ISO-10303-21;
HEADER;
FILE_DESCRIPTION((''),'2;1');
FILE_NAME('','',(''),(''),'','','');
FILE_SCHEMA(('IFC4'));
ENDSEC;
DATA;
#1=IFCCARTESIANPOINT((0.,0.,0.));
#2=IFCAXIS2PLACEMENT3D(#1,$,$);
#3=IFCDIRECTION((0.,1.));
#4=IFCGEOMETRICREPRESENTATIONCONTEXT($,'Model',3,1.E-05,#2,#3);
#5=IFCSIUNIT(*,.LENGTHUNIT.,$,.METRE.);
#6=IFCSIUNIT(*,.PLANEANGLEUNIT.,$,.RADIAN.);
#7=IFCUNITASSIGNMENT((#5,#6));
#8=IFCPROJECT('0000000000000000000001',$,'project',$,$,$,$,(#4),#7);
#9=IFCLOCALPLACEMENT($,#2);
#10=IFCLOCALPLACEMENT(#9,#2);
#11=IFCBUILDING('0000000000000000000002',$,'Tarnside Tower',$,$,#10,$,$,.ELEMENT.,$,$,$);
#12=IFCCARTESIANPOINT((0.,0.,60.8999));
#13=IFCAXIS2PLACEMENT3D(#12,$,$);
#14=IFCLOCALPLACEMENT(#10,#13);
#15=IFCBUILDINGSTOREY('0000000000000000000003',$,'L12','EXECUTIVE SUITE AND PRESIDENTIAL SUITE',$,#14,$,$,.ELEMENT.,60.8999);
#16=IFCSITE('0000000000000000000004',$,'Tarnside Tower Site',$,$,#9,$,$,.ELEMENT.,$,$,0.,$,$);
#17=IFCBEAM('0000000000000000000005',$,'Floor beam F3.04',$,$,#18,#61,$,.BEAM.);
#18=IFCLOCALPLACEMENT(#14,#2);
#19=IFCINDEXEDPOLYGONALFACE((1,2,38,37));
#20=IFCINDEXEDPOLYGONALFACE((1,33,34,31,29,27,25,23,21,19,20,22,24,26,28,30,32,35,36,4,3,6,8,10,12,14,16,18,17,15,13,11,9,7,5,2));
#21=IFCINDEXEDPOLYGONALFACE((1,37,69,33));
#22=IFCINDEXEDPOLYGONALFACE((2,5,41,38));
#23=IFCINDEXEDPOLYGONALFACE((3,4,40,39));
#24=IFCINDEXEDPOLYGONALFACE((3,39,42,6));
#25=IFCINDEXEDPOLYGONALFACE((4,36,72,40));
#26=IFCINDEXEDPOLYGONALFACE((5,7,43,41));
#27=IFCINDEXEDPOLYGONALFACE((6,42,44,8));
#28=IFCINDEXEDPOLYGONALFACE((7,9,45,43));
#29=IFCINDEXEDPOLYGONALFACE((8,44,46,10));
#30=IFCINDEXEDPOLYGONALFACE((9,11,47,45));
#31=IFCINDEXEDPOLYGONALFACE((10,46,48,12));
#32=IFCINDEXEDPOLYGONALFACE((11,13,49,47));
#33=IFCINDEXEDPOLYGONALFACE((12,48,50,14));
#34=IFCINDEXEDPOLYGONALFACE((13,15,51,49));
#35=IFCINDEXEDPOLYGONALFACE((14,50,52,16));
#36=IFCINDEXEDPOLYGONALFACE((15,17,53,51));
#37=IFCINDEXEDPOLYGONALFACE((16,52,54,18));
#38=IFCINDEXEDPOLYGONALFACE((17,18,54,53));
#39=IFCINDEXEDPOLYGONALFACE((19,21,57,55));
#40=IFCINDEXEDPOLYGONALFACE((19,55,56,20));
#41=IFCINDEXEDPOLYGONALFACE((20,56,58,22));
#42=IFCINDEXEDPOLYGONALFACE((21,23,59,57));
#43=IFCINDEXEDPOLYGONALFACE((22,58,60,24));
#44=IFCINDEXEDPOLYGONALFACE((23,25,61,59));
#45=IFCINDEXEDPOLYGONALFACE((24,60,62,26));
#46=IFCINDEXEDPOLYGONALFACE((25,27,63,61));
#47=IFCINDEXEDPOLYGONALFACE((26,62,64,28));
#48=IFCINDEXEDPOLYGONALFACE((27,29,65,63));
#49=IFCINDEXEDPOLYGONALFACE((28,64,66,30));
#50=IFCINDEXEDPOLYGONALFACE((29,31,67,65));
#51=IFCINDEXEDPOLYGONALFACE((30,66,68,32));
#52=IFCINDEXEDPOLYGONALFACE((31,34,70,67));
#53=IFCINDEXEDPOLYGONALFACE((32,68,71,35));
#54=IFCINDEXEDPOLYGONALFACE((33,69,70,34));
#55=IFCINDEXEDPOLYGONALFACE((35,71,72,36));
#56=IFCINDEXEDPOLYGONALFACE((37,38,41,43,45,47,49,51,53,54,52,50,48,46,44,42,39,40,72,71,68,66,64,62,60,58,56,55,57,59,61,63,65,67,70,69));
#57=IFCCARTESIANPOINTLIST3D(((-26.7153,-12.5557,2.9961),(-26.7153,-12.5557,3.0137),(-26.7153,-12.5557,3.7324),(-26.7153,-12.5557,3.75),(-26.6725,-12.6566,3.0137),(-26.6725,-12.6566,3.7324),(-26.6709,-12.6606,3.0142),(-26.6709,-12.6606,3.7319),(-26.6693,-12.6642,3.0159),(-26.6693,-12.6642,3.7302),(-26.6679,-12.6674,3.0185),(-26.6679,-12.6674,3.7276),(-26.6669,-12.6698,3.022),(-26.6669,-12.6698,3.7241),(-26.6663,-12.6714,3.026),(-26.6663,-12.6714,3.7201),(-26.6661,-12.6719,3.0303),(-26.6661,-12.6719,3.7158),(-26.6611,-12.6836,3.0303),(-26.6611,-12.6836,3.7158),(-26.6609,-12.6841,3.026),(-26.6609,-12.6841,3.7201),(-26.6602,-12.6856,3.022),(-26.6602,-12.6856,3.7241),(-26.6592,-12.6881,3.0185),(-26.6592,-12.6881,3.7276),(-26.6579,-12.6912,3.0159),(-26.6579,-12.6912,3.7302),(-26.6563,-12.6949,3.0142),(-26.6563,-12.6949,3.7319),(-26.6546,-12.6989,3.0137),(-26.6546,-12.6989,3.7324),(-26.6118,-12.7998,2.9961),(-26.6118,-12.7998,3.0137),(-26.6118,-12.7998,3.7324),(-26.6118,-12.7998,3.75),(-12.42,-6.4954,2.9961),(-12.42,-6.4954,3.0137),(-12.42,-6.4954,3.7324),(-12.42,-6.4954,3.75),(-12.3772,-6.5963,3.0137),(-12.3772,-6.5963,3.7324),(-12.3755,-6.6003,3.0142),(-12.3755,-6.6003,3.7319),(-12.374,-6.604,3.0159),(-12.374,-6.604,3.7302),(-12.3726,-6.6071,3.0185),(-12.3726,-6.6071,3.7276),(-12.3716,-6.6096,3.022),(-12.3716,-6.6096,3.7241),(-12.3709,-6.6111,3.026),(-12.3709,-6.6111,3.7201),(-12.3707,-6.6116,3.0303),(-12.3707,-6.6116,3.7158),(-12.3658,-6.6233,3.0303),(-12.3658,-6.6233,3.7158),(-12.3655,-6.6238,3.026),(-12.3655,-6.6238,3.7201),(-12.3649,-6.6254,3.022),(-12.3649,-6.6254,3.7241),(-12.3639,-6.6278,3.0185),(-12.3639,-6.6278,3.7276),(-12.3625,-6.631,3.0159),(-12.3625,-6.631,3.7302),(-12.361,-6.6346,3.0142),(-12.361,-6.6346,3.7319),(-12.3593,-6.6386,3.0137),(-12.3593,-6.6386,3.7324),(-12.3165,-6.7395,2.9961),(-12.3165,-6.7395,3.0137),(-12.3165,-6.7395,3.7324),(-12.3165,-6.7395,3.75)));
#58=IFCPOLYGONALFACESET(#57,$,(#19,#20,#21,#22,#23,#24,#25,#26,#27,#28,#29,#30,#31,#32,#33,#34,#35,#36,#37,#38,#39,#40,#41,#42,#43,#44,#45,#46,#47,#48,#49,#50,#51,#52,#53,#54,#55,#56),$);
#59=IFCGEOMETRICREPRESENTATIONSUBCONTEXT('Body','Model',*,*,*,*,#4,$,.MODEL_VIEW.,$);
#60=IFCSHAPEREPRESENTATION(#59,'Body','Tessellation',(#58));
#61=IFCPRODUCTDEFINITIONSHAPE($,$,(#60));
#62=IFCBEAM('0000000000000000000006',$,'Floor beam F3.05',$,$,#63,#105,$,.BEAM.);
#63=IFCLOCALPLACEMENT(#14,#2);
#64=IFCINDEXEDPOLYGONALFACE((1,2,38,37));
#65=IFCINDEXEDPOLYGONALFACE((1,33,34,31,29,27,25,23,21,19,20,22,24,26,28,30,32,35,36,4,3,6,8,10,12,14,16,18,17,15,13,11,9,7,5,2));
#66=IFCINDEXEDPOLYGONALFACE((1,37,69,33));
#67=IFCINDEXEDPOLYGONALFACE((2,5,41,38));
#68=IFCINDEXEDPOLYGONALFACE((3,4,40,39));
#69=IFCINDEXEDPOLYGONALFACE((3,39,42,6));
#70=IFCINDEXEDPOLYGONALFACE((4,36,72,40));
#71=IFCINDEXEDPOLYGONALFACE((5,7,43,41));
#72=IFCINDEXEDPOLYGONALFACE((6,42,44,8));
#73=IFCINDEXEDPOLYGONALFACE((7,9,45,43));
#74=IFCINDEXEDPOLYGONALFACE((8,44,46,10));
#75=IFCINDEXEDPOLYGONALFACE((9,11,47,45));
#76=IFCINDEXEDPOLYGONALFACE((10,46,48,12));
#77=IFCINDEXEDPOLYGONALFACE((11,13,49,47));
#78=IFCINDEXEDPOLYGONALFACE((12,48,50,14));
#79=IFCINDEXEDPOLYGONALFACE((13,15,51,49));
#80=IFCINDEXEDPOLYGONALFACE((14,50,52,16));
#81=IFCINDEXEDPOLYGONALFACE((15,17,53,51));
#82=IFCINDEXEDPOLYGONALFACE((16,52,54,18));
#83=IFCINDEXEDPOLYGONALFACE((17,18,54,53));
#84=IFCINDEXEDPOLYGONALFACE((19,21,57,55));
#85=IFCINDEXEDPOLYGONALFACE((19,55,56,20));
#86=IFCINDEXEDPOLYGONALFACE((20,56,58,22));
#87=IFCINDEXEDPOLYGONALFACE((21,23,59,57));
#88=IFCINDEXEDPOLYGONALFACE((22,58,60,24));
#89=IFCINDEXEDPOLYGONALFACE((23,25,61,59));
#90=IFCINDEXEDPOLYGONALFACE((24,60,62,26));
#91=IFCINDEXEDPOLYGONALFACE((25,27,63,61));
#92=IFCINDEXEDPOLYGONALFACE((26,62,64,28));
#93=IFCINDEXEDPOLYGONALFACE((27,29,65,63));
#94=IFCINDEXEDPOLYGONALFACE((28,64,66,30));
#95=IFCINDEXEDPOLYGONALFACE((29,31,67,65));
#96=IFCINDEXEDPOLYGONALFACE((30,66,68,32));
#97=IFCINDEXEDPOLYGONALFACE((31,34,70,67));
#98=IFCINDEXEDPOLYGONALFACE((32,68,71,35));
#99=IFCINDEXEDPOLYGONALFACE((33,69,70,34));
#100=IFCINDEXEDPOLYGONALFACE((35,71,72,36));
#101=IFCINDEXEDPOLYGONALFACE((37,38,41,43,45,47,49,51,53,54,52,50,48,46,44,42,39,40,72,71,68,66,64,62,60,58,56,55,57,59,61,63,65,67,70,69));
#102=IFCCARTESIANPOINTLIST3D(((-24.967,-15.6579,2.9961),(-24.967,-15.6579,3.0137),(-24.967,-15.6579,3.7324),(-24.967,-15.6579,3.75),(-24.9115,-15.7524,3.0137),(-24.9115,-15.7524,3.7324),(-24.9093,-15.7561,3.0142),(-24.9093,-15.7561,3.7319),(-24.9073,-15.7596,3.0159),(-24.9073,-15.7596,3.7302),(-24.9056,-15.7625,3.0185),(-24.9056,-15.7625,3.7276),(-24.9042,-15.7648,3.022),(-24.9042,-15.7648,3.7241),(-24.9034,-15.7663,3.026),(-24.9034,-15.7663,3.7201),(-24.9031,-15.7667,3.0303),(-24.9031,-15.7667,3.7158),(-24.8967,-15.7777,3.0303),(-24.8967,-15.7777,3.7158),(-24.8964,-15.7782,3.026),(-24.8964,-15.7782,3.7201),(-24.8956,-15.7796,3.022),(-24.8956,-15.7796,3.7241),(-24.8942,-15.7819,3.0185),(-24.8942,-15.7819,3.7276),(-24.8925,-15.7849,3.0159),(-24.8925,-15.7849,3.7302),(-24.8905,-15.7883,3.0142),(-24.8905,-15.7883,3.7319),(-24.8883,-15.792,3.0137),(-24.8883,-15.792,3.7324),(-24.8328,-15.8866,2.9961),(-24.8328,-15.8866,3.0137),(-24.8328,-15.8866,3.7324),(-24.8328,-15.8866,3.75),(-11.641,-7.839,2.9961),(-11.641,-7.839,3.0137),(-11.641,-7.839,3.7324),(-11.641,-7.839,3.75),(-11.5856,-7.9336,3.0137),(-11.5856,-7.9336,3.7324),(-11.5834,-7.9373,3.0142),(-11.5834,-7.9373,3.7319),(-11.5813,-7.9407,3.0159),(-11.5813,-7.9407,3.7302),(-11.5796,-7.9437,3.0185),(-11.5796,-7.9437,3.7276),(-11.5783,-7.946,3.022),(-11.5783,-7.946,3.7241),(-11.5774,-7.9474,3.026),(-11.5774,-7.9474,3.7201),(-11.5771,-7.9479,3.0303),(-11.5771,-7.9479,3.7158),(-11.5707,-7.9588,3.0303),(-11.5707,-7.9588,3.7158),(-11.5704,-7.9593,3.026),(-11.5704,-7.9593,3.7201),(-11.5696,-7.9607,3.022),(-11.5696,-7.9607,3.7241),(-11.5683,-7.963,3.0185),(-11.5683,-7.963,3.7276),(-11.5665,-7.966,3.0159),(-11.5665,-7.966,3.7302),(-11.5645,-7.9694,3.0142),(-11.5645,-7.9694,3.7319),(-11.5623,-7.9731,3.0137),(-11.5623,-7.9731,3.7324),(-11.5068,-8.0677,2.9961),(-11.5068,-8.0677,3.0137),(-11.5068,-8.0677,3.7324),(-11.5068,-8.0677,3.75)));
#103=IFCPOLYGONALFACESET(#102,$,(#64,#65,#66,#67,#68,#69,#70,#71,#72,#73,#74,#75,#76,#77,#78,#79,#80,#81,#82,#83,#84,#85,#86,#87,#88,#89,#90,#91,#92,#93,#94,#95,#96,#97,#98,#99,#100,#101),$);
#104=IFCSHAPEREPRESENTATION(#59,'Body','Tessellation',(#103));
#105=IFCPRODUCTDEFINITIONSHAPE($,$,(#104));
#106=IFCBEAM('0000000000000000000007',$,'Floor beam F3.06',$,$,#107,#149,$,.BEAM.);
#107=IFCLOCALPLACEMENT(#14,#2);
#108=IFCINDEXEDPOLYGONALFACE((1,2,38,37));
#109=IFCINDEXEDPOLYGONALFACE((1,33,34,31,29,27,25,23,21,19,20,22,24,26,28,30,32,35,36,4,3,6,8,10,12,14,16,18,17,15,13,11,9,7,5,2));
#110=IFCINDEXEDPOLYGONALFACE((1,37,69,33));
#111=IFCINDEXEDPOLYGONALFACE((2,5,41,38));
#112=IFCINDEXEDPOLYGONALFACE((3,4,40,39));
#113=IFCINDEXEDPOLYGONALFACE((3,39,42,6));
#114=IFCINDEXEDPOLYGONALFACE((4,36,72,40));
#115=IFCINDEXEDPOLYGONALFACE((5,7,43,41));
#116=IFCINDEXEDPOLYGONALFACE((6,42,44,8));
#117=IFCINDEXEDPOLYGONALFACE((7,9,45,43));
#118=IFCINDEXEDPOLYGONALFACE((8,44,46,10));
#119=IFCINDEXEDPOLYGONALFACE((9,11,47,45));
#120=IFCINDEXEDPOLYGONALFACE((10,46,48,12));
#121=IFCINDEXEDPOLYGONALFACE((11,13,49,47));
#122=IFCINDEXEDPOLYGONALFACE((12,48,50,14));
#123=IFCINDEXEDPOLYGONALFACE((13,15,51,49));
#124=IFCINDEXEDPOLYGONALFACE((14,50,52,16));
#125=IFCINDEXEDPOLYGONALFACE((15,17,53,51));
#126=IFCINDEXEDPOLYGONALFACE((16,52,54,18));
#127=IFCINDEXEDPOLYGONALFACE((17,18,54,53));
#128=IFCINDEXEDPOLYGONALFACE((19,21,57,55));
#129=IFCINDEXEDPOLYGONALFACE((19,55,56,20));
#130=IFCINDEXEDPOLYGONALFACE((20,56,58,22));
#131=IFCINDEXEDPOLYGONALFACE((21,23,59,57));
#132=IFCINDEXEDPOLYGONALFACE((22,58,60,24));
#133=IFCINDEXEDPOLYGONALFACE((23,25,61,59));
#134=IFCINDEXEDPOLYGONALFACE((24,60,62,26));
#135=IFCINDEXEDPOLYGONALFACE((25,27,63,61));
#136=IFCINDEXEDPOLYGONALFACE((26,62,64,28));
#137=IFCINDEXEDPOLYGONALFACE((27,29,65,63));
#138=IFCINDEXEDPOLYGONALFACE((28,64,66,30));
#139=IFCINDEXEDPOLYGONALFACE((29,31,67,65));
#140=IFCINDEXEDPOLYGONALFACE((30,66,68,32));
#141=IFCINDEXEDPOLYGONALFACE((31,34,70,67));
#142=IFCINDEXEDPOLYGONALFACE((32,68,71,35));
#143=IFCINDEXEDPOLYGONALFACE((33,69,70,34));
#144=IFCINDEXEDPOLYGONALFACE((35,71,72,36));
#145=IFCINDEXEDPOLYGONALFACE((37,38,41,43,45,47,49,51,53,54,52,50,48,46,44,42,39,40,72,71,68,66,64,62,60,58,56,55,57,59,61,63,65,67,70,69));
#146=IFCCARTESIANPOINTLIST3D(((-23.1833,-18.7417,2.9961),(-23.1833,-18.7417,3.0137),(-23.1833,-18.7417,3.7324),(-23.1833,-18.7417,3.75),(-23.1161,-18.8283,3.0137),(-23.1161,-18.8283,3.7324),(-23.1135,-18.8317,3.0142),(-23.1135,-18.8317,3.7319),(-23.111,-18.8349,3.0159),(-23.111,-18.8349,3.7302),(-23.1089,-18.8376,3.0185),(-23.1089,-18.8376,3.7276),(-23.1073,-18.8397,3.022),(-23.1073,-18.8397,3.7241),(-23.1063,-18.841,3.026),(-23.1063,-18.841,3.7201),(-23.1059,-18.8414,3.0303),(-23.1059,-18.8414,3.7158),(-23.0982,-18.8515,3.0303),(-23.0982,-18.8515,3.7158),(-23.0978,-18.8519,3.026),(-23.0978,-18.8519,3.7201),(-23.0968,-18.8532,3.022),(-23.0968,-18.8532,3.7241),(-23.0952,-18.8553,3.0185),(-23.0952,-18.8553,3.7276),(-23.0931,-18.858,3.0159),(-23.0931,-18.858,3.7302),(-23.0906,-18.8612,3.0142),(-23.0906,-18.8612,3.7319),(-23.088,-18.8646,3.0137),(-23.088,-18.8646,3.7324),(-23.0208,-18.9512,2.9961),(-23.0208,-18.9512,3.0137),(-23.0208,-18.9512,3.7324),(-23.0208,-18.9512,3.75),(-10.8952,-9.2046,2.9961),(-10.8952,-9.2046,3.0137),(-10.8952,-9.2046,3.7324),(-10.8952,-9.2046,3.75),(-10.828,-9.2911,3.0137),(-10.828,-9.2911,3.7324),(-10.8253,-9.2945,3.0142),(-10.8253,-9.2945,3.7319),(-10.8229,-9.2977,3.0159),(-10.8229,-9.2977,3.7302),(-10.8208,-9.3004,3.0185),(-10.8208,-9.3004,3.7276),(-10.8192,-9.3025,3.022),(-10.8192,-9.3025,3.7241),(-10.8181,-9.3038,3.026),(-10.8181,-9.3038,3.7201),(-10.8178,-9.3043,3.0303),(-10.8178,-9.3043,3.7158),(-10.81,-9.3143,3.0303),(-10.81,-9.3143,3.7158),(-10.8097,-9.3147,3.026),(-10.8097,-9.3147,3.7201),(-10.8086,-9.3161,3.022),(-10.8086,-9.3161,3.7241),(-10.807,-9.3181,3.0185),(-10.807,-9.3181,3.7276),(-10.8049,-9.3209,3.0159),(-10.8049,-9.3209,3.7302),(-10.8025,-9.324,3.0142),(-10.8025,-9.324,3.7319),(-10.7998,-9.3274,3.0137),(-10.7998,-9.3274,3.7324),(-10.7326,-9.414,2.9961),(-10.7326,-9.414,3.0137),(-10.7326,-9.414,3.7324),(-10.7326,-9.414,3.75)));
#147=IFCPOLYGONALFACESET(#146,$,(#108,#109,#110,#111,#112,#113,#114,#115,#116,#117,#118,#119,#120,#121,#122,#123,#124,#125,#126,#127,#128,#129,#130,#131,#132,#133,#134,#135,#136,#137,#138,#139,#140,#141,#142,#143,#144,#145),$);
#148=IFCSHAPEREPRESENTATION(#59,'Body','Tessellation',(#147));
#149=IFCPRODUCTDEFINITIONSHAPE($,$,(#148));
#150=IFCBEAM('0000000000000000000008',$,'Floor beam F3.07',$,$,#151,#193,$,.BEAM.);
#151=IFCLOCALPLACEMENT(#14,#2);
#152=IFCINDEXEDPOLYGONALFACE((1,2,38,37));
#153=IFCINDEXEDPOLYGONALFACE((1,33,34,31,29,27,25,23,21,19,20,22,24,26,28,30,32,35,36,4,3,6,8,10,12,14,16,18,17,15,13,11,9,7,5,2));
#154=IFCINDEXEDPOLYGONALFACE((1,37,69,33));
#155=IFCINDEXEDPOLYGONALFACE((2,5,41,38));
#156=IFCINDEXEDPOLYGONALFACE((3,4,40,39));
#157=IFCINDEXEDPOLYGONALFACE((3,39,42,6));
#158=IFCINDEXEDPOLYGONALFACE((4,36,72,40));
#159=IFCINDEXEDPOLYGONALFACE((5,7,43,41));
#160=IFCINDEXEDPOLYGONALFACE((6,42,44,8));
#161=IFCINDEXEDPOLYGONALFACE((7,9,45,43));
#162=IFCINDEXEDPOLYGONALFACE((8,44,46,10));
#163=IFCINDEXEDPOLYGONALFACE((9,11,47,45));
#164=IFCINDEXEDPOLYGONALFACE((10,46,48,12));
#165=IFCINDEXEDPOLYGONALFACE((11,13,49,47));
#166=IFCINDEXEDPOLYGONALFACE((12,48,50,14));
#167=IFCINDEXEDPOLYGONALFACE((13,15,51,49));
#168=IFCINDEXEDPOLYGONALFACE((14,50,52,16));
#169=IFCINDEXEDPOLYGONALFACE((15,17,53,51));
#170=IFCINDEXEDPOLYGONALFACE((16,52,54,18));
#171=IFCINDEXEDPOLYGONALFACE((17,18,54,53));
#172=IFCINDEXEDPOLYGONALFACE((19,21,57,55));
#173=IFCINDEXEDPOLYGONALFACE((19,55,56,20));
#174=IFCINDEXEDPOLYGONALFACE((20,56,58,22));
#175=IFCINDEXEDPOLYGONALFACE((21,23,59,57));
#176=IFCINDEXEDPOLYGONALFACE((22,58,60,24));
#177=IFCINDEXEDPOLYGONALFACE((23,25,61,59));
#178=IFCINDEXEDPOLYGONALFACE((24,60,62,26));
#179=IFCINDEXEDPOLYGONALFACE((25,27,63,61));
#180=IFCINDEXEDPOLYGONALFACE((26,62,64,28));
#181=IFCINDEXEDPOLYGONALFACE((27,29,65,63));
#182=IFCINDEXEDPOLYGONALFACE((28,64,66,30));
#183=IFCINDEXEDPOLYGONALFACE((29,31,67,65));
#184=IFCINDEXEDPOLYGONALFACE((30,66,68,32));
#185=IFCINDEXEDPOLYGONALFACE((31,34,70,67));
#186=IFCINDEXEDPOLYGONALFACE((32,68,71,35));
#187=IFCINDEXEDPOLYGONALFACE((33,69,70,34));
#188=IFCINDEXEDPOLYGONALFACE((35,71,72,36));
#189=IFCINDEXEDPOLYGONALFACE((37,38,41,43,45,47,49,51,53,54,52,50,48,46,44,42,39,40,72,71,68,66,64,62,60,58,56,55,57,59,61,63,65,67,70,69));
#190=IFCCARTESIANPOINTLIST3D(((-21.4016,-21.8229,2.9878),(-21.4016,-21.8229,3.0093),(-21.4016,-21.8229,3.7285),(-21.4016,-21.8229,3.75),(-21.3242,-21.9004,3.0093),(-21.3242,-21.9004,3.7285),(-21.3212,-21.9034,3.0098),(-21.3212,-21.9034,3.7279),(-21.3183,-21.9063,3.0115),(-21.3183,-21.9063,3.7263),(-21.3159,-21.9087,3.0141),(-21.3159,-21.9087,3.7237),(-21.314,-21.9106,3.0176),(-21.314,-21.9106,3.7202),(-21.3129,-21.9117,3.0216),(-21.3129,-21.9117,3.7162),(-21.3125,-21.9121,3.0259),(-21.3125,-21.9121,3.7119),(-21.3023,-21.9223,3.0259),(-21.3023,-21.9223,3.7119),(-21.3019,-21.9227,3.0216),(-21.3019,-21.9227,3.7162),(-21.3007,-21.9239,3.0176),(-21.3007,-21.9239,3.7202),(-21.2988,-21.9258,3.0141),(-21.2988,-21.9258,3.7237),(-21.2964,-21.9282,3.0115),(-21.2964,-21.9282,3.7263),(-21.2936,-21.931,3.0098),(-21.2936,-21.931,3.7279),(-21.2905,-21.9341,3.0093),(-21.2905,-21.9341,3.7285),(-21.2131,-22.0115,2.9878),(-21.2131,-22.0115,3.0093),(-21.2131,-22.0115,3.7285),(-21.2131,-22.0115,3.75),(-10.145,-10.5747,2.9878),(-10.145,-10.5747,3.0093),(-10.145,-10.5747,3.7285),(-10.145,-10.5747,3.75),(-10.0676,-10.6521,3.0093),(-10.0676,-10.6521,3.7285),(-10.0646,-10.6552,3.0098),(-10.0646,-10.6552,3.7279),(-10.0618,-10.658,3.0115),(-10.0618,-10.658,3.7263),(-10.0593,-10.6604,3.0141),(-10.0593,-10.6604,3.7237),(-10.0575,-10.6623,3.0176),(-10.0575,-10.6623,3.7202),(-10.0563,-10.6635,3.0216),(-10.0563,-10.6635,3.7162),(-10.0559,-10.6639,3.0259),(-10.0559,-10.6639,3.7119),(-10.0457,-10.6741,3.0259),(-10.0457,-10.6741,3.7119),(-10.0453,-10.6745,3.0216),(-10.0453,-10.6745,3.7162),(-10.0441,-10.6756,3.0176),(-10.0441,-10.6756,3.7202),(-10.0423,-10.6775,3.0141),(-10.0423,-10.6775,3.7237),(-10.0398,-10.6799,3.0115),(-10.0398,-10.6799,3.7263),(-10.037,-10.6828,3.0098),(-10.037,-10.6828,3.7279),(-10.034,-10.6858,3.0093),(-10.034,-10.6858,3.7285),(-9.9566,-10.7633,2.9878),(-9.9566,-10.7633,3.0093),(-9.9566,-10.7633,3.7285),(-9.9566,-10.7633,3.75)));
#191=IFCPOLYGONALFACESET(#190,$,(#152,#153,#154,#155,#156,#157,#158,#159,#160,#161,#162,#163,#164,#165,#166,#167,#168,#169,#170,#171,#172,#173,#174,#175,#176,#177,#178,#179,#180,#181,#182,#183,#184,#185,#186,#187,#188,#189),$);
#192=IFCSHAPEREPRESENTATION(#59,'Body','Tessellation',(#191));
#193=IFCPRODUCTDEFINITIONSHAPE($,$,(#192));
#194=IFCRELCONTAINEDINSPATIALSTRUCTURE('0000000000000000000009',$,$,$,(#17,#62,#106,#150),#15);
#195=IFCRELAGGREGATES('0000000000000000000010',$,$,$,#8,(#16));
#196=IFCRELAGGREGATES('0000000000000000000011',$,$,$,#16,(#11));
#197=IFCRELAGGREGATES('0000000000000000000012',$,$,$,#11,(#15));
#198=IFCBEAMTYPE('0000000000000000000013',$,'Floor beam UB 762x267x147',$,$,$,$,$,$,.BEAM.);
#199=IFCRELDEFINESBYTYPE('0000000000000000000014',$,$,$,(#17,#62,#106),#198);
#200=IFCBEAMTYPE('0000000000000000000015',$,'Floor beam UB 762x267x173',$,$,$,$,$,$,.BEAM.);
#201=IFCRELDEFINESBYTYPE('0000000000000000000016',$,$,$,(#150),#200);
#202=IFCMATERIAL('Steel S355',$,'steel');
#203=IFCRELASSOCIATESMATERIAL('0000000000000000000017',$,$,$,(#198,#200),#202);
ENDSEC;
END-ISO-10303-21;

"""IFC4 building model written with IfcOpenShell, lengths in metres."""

from ifc_helpers import new_model, si_unit, direction, frame, origin, origin_2d, place, context, subcontext, project, spatial, i_section, extrude, material, material_profile, profile_set, type_object, element, save


model = new_model("IFC4")

# Units and contexts
model_context = context("Model", 3, precision=1e-05, world=origin(), true_north=direction((0.0, 1.0)))
body_context = subcontext(model_context, "Body", "Model", "MODEL_VIEW")
ifc_project = project(units=[si_unit("LENGTHUNIT", "METRE"), si_unit("PLANEANGLEUNIT", "RADIAN")], contexts=[model_context])

# Site, building, storey
site_placement = place(None, origin())
site = spatial("IfcSite", under=ifc_project, at=site_placement, Name="Tarnside Tower Site", CompositionType="ELEMENT", RefElevation=0.0)
building_placement = place(site_placement, origin())
building = spatial("IfcBuilding", under=site, at=building_placement, Name="Tarnside Tower", CompositionType="ELEMENT")
storey_placement = place(building_placement, frame((0.0, 0.0, 60.8999)))
storey = spatial("IfcBuildingStorey", under=building, at=storey_placement, Name="L12", Description="EXECUTIVE SUITE AND PRESIDENTIAL SUITE", CompositionType="ELEMENT", Elevation=60.8999)

# Beams
ifc_material_1 = material(Name="Steel S355", Category="steel")
ifc_material_profile_1 = material_profile(ifc_material_1, i_section(OverallWidth=0.2651, OverallDepth=0.7539, WebThickness=0.0127, FlangeThickness=0.0176, FilletRadius=0.0166, at=origin_2d()), Name="UB 762x267x147")
ifc_profile_set_1 = profile_set([ifc_material_profile_1], Name="Steel S355")
beam_type_1 = type_object("IfcBeamType", Name="Floor beam UB 762x267x147", PredefinedType="BEAM", material=ifc_profile_set_1)
beam_1_placement = place(storey_placement, frame((-26.6636, -12.6777, 3.373), z_axis=(0.920684, 0.390309, 0.0), x_axis=(-0.390309, 0.920684, 0.0)))
element("IfcBeam", 1, at=beam_1_placement, inside=storey, type_object=beam_type_1, Name="Floor beam F3.04", PredefinedType="BEAM", context=body_context, shape_type="SweptSolid", body=[
    extrude(i_section(OverallWidth=0.2651, OverallDepth=0.7539, WebThickness=0.0127, FlangeThickness=0.0176, FilletRadius=0.0166, at=origin_2d()), origin(), (0.0, 0.0, 1.0), 15.5269),
])
beam_2_placement = place(storey_placement, frame((-24.8999, -15.7722, 3.373), z_axis=(0.862498, 0.506061, 0.0), x_axis=(-0.506061, 0.862498, 0.0)))
element("IfcBeam", 2, at=beam_2_placement, inside=storey, type_object=beam_type_1, Name="Floor beam F3.05", PredefinedType="BEAM", context=body_context, shape_type="SweptSolid", body=[
    extrude(i_section(OverallWidth=0.2651, OverallDepth=0.7539, WebThickness=0.0127, FlangeThickness=0.0176, FilletRadius=0.0166, at=origin_2d()), origin(), (0.0, 0.0, 1.0), 15.4504),
])
beam_3_placement = place(storey_placement, frame((-23.1021, -18.8464, 3.373), z_axis=(0.789984, 0.613128, 0.0), x_axis=(-0.613128, 0.789984, 0.0)))
element("IfcBeam", 3, at=beam_3_placement, inside=storey, type_object=beam_type_1, Name="Floor beam F3.06", PredefinedType="BEAM", context=body_context, shape_type="SweptSolid", body=[
    extrude(i_section(OverallWidth=0.2651, OverallDepth=0.7539, WebThickness=0.0127, FlangeThickness=0.0176, FilletRadius=0.0166, at=origin_2d()), origin(), (0.0, 0.0, 1.0), 15.5549),
])
ifc_material_profile_2 = material_profile(ifc_material_1, i_section(OverallWidth=0.2666, OverallDepth=0.7622, WebThickness=0.0144, FlangeThickness=0.0215, FilletRadius=0.0166, at=origin_2d()), Name="UB 762x267x173")
ifc_profile_set_2 = profile_set([ifc_material_profile_2], Name="Steel S355")
beam_type_2 = type_object("IfcBeamType", Name="Floor beam UB 762x267x173", PredefinedType="BEAM", material=ifc_profile_set_2)
beam_4_placement = place(storey_placement, frame((-21.3074, -21.9172, 3.3689), z_axis=(0.707368, 0.706846, 0.0), x_axis=(-0.706846, 0.707368, 0.0)))
element("IfcBeam", 4, at=beam_4_placement, inside=storey, type_object=beam_type_2, Name="Floor beam F3.07", PredefinedType="BEAM", context=body_context, shape_type="SweptSolid", body=[
    extrude(i_section(OverallWidth=0.2666, OverallDepth=0.7622, WebThickness=0.0144, FlangeThickness=0.0215, FilletRadius=0.0166, at=origin_2d()), origin(), (0.0, 0.0, 1.0), 15.9133),
])

save(model, "model.ifc")
